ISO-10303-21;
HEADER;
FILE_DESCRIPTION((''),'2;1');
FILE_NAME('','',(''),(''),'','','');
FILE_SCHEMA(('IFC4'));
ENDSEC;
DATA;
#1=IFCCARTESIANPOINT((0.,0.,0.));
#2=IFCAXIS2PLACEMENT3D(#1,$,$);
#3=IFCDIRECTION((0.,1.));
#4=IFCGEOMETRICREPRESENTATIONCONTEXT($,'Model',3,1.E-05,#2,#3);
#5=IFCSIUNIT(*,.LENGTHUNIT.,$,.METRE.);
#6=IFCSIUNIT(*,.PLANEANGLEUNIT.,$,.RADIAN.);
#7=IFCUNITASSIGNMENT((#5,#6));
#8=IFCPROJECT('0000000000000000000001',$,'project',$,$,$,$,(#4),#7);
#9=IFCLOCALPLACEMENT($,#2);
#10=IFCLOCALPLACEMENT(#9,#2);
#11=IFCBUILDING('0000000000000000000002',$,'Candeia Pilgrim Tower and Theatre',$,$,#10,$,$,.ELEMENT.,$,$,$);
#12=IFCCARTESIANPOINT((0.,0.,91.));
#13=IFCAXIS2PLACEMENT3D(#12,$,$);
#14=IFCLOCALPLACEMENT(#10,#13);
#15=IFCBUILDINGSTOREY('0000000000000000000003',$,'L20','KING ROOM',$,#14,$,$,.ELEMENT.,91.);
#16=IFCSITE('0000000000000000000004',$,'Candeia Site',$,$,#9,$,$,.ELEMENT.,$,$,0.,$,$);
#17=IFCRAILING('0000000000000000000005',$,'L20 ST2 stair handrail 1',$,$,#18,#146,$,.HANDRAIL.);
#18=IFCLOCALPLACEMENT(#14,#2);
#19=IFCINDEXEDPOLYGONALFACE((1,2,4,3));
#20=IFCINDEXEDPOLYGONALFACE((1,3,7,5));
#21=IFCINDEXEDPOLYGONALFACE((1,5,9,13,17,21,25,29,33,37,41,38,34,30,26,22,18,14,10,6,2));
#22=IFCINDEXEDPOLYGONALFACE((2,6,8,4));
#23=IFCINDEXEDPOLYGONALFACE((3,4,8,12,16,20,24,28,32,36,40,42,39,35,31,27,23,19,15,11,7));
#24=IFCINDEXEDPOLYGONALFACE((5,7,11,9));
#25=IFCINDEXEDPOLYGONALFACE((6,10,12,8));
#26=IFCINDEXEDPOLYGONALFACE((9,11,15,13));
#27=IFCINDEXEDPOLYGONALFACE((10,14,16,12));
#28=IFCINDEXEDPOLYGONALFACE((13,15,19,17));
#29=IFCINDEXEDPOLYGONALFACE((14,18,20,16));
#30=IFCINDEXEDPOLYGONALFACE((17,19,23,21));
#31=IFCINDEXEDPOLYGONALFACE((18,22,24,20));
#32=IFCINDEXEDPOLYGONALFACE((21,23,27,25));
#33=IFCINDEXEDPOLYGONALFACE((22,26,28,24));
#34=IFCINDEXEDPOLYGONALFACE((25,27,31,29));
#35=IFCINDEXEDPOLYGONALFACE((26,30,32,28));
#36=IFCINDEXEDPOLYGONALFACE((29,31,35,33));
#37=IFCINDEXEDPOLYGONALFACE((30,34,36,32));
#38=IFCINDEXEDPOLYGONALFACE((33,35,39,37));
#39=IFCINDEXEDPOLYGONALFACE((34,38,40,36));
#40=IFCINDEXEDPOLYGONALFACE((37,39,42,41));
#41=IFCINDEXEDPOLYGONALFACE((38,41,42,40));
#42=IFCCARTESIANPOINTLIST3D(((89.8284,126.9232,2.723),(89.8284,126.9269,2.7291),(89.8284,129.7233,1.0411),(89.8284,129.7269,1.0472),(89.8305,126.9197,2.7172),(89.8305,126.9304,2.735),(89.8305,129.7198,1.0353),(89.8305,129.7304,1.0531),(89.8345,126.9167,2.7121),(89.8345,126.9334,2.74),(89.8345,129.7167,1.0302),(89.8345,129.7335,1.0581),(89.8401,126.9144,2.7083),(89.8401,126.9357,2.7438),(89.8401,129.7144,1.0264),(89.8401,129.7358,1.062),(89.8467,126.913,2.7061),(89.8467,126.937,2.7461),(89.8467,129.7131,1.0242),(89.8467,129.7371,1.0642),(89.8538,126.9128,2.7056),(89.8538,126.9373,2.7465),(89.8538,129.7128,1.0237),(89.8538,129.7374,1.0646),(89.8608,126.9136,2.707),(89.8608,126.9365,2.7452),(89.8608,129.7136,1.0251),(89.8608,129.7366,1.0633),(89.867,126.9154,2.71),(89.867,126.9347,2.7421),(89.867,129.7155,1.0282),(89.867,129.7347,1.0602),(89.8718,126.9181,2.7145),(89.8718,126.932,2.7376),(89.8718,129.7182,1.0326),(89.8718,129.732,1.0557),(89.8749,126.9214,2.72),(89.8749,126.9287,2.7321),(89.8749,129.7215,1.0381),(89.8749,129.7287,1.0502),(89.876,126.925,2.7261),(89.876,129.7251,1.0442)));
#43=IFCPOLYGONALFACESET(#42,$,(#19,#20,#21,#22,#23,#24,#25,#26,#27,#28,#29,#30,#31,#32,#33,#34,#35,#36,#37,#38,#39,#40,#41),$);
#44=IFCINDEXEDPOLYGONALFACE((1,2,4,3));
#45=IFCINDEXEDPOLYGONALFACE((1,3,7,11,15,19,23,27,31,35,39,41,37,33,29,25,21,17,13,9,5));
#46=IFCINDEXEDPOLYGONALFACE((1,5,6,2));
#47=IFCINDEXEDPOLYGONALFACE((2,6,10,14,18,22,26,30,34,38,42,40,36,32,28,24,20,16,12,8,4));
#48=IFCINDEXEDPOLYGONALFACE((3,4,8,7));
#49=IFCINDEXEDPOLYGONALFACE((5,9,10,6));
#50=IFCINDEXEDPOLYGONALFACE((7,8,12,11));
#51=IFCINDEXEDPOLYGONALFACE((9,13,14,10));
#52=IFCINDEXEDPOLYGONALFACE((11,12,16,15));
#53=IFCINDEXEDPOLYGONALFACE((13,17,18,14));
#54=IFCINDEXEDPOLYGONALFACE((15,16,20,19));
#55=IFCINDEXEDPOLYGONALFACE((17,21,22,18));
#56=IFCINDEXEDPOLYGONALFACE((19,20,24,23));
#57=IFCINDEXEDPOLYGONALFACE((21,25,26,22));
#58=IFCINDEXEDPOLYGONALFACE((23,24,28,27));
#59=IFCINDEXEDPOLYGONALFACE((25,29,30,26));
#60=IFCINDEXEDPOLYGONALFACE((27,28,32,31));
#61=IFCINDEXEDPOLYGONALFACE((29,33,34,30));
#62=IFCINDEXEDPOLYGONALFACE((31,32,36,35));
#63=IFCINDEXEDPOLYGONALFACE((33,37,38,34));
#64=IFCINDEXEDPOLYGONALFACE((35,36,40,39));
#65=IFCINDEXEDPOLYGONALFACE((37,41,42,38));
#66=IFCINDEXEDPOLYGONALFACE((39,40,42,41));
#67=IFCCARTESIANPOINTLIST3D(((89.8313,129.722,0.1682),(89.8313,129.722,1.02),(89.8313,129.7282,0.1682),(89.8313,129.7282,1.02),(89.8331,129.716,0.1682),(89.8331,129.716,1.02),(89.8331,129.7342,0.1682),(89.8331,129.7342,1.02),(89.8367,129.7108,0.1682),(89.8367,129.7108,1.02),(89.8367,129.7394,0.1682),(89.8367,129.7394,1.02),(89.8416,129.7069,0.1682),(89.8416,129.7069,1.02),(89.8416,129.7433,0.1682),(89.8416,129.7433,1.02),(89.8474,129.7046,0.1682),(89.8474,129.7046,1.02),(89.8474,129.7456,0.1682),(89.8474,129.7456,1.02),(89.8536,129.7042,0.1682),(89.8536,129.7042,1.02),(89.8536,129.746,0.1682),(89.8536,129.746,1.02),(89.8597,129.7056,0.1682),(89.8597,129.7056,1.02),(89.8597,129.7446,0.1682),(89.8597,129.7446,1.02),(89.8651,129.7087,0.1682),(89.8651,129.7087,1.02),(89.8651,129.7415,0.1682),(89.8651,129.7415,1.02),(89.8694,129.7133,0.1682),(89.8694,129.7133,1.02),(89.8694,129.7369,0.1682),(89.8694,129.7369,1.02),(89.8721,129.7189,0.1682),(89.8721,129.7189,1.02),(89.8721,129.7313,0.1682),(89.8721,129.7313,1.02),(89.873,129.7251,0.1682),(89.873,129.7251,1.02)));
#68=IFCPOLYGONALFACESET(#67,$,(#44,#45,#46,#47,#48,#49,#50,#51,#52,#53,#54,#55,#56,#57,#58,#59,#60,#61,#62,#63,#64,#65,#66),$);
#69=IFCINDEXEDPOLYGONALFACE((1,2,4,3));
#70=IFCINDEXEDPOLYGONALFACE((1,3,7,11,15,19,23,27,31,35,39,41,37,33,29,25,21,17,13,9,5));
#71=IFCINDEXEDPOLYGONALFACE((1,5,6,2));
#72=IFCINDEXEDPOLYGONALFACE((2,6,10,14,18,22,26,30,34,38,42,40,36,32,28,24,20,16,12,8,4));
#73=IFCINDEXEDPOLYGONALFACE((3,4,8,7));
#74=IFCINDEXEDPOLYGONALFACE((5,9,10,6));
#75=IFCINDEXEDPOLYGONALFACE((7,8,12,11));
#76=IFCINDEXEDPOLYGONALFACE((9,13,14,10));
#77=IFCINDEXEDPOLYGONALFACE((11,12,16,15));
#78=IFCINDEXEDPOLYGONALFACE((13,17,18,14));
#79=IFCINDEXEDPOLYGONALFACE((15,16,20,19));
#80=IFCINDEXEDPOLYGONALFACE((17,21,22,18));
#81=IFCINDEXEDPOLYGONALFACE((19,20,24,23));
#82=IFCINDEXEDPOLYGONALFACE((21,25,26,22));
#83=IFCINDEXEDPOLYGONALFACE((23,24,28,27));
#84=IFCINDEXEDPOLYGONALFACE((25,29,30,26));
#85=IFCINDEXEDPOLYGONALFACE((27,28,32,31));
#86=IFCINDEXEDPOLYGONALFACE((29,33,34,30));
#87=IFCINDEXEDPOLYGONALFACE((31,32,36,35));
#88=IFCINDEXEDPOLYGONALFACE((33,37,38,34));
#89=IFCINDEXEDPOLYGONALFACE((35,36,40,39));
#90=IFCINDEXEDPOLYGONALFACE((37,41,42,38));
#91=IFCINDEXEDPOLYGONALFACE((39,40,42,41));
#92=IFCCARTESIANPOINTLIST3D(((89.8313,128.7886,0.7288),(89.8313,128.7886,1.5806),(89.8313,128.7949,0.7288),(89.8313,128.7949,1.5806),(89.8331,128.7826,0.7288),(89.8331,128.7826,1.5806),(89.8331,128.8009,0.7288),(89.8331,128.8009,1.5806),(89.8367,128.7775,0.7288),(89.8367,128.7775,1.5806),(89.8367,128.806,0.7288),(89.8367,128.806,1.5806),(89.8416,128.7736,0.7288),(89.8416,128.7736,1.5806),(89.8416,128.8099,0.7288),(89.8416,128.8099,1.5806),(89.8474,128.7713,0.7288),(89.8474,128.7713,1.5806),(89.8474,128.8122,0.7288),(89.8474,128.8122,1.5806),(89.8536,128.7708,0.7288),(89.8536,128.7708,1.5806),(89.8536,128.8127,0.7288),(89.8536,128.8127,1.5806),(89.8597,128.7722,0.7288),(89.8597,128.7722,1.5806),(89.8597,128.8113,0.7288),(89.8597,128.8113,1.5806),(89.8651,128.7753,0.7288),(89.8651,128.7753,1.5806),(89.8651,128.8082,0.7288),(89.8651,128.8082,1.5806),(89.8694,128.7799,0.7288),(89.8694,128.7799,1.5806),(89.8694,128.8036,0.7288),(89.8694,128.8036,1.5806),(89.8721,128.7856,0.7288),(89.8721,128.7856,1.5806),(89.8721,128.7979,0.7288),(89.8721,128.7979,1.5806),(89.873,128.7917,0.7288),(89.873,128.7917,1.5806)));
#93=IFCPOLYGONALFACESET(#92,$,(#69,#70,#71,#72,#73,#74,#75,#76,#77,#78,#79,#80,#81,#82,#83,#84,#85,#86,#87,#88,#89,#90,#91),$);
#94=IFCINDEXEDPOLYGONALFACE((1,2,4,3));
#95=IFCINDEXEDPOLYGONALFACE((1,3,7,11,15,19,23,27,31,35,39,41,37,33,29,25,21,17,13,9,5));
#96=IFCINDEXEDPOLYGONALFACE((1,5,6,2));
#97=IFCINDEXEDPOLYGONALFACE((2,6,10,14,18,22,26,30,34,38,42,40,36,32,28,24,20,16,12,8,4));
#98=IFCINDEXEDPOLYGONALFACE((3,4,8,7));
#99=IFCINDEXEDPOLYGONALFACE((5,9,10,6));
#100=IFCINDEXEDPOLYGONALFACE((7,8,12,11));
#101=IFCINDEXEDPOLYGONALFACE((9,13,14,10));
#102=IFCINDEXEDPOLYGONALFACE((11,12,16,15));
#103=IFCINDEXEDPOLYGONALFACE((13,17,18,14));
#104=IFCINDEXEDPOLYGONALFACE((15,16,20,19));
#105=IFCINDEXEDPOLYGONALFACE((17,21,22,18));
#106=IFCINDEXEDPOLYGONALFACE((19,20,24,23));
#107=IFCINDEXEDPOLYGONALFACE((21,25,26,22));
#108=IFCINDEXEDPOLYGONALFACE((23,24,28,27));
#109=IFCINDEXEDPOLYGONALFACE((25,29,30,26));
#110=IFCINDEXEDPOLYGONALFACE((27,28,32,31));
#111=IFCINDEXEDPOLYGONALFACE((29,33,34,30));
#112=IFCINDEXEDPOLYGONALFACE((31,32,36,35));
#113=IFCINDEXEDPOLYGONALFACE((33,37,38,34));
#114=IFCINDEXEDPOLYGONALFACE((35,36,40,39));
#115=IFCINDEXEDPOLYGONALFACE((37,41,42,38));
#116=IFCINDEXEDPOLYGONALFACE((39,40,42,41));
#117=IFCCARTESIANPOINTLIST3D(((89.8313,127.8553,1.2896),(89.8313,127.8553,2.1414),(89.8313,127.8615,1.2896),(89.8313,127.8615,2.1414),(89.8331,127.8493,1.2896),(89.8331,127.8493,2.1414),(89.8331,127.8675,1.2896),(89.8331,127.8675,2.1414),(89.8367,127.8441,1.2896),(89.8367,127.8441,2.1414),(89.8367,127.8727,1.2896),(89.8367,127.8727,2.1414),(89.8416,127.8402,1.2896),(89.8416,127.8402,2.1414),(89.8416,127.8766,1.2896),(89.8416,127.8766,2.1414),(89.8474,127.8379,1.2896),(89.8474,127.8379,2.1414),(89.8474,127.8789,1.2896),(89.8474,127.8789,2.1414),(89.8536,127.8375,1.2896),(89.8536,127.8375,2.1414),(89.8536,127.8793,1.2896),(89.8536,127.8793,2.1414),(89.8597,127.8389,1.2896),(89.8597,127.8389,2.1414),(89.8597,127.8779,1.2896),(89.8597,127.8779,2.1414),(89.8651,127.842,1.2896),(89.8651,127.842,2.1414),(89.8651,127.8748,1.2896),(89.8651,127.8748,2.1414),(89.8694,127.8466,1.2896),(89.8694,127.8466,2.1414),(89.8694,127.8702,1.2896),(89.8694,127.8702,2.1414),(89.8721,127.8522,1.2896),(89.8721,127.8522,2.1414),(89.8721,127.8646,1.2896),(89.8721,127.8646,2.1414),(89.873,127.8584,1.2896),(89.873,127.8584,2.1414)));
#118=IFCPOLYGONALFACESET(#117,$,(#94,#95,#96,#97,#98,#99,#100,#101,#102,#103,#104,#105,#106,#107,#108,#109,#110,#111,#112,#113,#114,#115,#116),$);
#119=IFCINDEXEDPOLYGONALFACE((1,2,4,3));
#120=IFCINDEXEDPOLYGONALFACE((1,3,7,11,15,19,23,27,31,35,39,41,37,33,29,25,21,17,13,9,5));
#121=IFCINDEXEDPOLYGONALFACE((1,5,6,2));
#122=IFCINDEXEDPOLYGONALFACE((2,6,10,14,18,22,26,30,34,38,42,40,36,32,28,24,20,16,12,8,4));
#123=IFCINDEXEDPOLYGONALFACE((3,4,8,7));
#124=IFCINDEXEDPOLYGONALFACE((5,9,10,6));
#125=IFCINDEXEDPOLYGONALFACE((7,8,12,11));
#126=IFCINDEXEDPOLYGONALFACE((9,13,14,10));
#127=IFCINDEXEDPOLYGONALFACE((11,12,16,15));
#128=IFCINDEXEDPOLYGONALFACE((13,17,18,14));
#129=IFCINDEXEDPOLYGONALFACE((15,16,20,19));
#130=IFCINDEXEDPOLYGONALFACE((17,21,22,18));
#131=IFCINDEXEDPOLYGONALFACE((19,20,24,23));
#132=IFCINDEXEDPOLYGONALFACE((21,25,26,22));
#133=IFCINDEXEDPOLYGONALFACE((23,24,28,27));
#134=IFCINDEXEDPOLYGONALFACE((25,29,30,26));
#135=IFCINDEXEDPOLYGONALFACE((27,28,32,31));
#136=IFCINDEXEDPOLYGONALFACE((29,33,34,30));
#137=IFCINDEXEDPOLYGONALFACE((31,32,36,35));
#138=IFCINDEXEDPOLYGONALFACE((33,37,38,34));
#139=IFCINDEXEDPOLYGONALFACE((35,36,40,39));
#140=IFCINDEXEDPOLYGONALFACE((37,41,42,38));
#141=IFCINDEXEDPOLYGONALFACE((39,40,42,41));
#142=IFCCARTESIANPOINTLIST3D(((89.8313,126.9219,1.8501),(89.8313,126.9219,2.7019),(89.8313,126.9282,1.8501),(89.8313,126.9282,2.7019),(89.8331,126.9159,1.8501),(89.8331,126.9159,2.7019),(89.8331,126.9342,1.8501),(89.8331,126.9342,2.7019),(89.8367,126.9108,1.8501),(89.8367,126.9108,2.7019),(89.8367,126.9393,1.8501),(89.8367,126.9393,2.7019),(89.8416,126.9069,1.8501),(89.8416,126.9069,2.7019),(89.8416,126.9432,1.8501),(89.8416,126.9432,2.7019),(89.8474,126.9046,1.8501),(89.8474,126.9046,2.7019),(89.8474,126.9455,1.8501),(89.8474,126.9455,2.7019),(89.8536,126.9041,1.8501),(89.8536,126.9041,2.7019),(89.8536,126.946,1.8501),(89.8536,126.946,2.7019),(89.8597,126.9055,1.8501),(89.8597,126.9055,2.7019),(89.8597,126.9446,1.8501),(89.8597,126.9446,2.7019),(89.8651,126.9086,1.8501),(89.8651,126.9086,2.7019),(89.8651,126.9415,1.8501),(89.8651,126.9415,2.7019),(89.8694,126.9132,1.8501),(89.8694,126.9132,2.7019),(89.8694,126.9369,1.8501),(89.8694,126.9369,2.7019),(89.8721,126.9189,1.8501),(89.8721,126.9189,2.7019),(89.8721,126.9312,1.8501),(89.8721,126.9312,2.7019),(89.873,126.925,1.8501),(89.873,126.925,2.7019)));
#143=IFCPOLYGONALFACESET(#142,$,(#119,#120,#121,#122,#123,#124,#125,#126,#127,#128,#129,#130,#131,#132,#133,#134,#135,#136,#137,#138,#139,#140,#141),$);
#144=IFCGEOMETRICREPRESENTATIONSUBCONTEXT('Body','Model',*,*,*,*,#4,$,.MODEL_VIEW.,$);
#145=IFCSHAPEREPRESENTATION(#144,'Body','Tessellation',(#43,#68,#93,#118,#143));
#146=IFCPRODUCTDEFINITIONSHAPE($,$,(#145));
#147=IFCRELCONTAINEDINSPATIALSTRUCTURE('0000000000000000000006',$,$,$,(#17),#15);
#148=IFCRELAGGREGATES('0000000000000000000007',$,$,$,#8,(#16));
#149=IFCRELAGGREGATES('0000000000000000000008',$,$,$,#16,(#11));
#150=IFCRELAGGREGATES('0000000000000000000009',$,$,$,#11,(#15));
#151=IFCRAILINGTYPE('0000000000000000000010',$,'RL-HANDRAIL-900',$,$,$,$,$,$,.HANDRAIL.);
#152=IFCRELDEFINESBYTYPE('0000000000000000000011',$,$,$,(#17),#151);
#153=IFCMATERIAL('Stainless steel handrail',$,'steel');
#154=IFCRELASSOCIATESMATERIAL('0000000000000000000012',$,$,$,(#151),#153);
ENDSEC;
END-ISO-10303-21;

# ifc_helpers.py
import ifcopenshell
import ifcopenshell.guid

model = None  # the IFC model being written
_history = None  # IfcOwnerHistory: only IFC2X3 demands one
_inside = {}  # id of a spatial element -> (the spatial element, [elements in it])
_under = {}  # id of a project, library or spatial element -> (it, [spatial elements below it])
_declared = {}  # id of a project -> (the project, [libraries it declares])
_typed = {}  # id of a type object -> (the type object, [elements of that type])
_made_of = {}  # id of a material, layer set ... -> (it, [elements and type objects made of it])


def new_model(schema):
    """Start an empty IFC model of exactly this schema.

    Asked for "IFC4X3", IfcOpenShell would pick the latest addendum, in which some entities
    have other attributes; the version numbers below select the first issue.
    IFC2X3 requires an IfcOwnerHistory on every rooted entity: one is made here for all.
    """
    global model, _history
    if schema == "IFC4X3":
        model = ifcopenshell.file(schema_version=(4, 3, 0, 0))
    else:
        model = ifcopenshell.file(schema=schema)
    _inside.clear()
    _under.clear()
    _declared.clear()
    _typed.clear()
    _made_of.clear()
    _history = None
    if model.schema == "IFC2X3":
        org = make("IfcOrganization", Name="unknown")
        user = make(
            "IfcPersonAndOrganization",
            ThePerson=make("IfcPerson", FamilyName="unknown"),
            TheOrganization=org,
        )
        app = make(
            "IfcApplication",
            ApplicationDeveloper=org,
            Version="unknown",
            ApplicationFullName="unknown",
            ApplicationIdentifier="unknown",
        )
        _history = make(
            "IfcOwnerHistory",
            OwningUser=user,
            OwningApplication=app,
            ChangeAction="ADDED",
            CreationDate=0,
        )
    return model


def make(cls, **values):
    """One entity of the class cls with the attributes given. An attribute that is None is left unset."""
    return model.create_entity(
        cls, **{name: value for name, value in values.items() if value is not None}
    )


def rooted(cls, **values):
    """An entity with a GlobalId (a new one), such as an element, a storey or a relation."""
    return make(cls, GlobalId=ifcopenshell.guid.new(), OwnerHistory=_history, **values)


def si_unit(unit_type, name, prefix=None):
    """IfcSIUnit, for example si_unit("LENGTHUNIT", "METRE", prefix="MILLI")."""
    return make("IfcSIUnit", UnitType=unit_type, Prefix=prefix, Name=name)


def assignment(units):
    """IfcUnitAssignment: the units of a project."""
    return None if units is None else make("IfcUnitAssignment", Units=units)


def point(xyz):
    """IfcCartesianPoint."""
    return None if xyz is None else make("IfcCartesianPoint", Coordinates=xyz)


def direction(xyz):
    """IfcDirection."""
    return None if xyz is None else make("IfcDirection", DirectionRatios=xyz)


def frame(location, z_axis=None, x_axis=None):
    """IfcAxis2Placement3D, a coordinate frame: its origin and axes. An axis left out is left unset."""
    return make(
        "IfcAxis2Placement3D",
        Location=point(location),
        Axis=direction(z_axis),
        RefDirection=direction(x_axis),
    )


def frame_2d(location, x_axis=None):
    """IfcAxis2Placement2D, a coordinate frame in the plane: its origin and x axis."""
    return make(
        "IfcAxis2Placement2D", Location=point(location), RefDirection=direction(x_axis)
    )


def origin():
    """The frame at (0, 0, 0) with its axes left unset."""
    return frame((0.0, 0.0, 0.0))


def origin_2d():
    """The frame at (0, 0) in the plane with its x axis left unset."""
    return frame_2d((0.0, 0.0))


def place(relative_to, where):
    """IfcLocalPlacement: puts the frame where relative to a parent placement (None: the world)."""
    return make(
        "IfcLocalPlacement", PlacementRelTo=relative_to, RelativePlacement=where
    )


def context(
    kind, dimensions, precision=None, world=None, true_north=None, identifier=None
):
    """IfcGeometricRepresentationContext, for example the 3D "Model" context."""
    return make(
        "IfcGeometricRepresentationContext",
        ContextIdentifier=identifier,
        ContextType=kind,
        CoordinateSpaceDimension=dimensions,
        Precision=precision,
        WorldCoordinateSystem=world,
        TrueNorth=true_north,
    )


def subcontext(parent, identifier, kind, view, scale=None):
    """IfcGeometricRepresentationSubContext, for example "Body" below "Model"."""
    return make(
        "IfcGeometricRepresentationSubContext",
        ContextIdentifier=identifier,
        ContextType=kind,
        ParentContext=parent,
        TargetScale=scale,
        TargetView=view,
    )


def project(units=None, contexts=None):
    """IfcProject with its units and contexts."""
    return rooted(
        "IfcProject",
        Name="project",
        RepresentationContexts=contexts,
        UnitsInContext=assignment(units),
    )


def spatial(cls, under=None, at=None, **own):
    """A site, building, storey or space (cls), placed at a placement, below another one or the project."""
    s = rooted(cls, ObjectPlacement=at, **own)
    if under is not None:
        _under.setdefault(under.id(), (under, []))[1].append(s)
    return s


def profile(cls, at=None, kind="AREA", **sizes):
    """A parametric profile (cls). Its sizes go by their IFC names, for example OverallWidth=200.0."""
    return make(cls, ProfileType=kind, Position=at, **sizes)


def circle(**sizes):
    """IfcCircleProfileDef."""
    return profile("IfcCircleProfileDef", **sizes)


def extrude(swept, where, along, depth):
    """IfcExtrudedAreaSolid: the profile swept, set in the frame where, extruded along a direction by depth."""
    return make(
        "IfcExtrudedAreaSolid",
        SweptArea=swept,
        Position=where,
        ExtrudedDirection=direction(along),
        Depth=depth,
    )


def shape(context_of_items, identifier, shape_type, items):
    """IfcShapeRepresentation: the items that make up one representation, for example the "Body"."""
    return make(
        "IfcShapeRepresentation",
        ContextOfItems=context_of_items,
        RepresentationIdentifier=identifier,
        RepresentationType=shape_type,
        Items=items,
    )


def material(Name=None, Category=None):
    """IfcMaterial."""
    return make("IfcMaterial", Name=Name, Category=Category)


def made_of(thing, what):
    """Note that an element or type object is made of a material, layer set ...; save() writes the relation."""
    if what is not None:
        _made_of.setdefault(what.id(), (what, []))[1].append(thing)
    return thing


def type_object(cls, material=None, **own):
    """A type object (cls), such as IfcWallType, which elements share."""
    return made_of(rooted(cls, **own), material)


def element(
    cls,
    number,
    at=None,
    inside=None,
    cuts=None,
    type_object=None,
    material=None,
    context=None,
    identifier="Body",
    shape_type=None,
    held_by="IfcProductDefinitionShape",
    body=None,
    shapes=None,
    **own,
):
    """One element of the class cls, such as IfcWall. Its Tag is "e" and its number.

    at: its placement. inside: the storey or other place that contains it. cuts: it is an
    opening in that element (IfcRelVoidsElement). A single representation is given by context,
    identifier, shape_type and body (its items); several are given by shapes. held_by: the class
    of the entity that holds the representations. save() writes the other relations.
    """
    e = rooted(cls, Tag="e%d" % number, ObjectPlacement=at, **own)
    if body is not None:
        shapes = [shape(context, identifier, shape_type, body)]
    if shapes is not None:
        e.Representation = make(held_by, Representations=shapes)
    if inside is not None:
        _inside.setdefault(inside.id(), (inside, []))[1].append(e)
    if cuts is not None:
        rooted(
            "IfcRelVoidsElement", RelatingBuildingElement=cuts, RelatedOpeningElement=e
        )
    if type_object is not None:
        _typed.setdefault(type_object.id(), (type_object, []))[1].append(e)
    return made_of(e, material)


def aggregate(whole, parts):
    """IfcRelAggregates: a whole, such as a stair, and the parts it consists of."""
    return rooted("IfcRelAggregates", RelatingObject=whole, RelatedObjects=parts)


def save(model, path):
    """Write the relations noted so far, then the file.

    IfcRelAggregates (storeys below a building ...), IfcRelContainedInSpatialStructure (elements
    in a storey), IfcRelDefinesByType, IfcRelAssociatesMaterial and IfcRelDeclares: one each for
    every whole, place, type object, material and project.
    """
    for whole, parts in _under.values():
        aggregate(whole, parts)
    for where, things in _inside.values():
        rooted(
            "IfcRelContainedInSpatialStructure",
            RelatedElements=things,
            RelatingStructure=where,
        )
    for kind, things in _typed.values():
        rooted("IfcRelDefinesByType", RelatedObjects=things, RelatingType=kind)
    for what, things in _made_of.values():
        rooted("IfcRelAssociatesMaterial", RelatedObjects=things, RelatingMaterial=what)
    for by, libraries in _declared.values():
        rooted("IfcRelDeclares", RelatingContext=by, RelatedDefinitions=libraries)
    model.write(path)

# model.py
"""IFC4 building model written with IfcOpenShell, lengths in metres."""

from ifc_helpers import new_model, si_unit, direction, frame, origin, origin_2d, place, context, subcontext, project, spatial, circle, extrude, material, type_object, element, save


model = new_model("IFC4")

# Units and contexts
model_context = context("Model", 3, precision=1e-05, world=origin(), true_north=direction((0.0, 1.0)))
body_context = subcontext(model_context, "Body", "Model", "MODEL_VIEW")
ifc_project = project(units=[si_unit("LENGTHUNIT", "METRE"), si_unit("PLANEANGLEUNIT", "RADIAN")], contexts=[model_context])

# Site, building, storey
site_placement = place(None, origin())
site = spatial("IfcSite", under=ifc_project, at=site_placement, Name="Candeia Site", CompositionType="ELEMENT", RefElevation=0.0)
building_placement = place(site_placement, origin())
building = spatial("IfcBuilding", under=site, at=building_placement, Name="Candeia Pilgrim Tower and Theatre", CompositionType="ELEMENT")
storey_placement = place(building_placement, frame((0.0, 0.0, 91.0)))
storey = spatial("IfcBuildingStorey", under=building, at=storey_placement, Name="L20", Description="KING ROOM", CompositionType="ELEMENT", Elevation=91.0)

# Railing
ifc_material_1 = material(Name="Stainless steel handrail", Category="steel")
railing_type_1 = type_object("IfcRailingType", Name="RL-HANDRAIL-900", PredefinedType="HANDRAIL", material=ifc_material_1)
railing_1_placement = place(storey_placement, frame((89.8521, 129.7251, 0.1682)))
element("IfcRailing", 1, at=railing_1_placement, inside=storey, type_object=railing_type_1, Name="L20 ST2 stair handrail 1", PredefinedType="HANDRAIL", context=body_context, shape_type="SweptSolid", body=[
    extrude(circle(Radius=0.0239, at=origin_2d()), frame((0.0, 0.0, 0.876), z_axis=(0.0, -0.857242, 0.514913), x_axis=(1.0, 0.0, 0.0)), (0.0, 0.0, 1.0), 3.2664),
    extrude(circle(Radius=0.021, at=origin_2d()), origin(), (0.0, 0.0, 1.0), 0.8518),
    extrude(circle(Radius=0.021, at=origin_2d()), frame((0.0, -0.9333, 0.5605)), (0.0, 0.0, 1.0), 0.8518),
    extrude(circle(Radius=0.021, at=origin_2d()), frame((0.0, -1.8667, 1.1213)), (0.0, 0.0, 1.0), 0.8518),
    extrude(circle(Radius=0.021, at=origin_2d()), frame((0.0, -2.8, 1.6819)), (0.0, 0.0, 1.0), 0.8518),
])

save(model, "model.ifc")
